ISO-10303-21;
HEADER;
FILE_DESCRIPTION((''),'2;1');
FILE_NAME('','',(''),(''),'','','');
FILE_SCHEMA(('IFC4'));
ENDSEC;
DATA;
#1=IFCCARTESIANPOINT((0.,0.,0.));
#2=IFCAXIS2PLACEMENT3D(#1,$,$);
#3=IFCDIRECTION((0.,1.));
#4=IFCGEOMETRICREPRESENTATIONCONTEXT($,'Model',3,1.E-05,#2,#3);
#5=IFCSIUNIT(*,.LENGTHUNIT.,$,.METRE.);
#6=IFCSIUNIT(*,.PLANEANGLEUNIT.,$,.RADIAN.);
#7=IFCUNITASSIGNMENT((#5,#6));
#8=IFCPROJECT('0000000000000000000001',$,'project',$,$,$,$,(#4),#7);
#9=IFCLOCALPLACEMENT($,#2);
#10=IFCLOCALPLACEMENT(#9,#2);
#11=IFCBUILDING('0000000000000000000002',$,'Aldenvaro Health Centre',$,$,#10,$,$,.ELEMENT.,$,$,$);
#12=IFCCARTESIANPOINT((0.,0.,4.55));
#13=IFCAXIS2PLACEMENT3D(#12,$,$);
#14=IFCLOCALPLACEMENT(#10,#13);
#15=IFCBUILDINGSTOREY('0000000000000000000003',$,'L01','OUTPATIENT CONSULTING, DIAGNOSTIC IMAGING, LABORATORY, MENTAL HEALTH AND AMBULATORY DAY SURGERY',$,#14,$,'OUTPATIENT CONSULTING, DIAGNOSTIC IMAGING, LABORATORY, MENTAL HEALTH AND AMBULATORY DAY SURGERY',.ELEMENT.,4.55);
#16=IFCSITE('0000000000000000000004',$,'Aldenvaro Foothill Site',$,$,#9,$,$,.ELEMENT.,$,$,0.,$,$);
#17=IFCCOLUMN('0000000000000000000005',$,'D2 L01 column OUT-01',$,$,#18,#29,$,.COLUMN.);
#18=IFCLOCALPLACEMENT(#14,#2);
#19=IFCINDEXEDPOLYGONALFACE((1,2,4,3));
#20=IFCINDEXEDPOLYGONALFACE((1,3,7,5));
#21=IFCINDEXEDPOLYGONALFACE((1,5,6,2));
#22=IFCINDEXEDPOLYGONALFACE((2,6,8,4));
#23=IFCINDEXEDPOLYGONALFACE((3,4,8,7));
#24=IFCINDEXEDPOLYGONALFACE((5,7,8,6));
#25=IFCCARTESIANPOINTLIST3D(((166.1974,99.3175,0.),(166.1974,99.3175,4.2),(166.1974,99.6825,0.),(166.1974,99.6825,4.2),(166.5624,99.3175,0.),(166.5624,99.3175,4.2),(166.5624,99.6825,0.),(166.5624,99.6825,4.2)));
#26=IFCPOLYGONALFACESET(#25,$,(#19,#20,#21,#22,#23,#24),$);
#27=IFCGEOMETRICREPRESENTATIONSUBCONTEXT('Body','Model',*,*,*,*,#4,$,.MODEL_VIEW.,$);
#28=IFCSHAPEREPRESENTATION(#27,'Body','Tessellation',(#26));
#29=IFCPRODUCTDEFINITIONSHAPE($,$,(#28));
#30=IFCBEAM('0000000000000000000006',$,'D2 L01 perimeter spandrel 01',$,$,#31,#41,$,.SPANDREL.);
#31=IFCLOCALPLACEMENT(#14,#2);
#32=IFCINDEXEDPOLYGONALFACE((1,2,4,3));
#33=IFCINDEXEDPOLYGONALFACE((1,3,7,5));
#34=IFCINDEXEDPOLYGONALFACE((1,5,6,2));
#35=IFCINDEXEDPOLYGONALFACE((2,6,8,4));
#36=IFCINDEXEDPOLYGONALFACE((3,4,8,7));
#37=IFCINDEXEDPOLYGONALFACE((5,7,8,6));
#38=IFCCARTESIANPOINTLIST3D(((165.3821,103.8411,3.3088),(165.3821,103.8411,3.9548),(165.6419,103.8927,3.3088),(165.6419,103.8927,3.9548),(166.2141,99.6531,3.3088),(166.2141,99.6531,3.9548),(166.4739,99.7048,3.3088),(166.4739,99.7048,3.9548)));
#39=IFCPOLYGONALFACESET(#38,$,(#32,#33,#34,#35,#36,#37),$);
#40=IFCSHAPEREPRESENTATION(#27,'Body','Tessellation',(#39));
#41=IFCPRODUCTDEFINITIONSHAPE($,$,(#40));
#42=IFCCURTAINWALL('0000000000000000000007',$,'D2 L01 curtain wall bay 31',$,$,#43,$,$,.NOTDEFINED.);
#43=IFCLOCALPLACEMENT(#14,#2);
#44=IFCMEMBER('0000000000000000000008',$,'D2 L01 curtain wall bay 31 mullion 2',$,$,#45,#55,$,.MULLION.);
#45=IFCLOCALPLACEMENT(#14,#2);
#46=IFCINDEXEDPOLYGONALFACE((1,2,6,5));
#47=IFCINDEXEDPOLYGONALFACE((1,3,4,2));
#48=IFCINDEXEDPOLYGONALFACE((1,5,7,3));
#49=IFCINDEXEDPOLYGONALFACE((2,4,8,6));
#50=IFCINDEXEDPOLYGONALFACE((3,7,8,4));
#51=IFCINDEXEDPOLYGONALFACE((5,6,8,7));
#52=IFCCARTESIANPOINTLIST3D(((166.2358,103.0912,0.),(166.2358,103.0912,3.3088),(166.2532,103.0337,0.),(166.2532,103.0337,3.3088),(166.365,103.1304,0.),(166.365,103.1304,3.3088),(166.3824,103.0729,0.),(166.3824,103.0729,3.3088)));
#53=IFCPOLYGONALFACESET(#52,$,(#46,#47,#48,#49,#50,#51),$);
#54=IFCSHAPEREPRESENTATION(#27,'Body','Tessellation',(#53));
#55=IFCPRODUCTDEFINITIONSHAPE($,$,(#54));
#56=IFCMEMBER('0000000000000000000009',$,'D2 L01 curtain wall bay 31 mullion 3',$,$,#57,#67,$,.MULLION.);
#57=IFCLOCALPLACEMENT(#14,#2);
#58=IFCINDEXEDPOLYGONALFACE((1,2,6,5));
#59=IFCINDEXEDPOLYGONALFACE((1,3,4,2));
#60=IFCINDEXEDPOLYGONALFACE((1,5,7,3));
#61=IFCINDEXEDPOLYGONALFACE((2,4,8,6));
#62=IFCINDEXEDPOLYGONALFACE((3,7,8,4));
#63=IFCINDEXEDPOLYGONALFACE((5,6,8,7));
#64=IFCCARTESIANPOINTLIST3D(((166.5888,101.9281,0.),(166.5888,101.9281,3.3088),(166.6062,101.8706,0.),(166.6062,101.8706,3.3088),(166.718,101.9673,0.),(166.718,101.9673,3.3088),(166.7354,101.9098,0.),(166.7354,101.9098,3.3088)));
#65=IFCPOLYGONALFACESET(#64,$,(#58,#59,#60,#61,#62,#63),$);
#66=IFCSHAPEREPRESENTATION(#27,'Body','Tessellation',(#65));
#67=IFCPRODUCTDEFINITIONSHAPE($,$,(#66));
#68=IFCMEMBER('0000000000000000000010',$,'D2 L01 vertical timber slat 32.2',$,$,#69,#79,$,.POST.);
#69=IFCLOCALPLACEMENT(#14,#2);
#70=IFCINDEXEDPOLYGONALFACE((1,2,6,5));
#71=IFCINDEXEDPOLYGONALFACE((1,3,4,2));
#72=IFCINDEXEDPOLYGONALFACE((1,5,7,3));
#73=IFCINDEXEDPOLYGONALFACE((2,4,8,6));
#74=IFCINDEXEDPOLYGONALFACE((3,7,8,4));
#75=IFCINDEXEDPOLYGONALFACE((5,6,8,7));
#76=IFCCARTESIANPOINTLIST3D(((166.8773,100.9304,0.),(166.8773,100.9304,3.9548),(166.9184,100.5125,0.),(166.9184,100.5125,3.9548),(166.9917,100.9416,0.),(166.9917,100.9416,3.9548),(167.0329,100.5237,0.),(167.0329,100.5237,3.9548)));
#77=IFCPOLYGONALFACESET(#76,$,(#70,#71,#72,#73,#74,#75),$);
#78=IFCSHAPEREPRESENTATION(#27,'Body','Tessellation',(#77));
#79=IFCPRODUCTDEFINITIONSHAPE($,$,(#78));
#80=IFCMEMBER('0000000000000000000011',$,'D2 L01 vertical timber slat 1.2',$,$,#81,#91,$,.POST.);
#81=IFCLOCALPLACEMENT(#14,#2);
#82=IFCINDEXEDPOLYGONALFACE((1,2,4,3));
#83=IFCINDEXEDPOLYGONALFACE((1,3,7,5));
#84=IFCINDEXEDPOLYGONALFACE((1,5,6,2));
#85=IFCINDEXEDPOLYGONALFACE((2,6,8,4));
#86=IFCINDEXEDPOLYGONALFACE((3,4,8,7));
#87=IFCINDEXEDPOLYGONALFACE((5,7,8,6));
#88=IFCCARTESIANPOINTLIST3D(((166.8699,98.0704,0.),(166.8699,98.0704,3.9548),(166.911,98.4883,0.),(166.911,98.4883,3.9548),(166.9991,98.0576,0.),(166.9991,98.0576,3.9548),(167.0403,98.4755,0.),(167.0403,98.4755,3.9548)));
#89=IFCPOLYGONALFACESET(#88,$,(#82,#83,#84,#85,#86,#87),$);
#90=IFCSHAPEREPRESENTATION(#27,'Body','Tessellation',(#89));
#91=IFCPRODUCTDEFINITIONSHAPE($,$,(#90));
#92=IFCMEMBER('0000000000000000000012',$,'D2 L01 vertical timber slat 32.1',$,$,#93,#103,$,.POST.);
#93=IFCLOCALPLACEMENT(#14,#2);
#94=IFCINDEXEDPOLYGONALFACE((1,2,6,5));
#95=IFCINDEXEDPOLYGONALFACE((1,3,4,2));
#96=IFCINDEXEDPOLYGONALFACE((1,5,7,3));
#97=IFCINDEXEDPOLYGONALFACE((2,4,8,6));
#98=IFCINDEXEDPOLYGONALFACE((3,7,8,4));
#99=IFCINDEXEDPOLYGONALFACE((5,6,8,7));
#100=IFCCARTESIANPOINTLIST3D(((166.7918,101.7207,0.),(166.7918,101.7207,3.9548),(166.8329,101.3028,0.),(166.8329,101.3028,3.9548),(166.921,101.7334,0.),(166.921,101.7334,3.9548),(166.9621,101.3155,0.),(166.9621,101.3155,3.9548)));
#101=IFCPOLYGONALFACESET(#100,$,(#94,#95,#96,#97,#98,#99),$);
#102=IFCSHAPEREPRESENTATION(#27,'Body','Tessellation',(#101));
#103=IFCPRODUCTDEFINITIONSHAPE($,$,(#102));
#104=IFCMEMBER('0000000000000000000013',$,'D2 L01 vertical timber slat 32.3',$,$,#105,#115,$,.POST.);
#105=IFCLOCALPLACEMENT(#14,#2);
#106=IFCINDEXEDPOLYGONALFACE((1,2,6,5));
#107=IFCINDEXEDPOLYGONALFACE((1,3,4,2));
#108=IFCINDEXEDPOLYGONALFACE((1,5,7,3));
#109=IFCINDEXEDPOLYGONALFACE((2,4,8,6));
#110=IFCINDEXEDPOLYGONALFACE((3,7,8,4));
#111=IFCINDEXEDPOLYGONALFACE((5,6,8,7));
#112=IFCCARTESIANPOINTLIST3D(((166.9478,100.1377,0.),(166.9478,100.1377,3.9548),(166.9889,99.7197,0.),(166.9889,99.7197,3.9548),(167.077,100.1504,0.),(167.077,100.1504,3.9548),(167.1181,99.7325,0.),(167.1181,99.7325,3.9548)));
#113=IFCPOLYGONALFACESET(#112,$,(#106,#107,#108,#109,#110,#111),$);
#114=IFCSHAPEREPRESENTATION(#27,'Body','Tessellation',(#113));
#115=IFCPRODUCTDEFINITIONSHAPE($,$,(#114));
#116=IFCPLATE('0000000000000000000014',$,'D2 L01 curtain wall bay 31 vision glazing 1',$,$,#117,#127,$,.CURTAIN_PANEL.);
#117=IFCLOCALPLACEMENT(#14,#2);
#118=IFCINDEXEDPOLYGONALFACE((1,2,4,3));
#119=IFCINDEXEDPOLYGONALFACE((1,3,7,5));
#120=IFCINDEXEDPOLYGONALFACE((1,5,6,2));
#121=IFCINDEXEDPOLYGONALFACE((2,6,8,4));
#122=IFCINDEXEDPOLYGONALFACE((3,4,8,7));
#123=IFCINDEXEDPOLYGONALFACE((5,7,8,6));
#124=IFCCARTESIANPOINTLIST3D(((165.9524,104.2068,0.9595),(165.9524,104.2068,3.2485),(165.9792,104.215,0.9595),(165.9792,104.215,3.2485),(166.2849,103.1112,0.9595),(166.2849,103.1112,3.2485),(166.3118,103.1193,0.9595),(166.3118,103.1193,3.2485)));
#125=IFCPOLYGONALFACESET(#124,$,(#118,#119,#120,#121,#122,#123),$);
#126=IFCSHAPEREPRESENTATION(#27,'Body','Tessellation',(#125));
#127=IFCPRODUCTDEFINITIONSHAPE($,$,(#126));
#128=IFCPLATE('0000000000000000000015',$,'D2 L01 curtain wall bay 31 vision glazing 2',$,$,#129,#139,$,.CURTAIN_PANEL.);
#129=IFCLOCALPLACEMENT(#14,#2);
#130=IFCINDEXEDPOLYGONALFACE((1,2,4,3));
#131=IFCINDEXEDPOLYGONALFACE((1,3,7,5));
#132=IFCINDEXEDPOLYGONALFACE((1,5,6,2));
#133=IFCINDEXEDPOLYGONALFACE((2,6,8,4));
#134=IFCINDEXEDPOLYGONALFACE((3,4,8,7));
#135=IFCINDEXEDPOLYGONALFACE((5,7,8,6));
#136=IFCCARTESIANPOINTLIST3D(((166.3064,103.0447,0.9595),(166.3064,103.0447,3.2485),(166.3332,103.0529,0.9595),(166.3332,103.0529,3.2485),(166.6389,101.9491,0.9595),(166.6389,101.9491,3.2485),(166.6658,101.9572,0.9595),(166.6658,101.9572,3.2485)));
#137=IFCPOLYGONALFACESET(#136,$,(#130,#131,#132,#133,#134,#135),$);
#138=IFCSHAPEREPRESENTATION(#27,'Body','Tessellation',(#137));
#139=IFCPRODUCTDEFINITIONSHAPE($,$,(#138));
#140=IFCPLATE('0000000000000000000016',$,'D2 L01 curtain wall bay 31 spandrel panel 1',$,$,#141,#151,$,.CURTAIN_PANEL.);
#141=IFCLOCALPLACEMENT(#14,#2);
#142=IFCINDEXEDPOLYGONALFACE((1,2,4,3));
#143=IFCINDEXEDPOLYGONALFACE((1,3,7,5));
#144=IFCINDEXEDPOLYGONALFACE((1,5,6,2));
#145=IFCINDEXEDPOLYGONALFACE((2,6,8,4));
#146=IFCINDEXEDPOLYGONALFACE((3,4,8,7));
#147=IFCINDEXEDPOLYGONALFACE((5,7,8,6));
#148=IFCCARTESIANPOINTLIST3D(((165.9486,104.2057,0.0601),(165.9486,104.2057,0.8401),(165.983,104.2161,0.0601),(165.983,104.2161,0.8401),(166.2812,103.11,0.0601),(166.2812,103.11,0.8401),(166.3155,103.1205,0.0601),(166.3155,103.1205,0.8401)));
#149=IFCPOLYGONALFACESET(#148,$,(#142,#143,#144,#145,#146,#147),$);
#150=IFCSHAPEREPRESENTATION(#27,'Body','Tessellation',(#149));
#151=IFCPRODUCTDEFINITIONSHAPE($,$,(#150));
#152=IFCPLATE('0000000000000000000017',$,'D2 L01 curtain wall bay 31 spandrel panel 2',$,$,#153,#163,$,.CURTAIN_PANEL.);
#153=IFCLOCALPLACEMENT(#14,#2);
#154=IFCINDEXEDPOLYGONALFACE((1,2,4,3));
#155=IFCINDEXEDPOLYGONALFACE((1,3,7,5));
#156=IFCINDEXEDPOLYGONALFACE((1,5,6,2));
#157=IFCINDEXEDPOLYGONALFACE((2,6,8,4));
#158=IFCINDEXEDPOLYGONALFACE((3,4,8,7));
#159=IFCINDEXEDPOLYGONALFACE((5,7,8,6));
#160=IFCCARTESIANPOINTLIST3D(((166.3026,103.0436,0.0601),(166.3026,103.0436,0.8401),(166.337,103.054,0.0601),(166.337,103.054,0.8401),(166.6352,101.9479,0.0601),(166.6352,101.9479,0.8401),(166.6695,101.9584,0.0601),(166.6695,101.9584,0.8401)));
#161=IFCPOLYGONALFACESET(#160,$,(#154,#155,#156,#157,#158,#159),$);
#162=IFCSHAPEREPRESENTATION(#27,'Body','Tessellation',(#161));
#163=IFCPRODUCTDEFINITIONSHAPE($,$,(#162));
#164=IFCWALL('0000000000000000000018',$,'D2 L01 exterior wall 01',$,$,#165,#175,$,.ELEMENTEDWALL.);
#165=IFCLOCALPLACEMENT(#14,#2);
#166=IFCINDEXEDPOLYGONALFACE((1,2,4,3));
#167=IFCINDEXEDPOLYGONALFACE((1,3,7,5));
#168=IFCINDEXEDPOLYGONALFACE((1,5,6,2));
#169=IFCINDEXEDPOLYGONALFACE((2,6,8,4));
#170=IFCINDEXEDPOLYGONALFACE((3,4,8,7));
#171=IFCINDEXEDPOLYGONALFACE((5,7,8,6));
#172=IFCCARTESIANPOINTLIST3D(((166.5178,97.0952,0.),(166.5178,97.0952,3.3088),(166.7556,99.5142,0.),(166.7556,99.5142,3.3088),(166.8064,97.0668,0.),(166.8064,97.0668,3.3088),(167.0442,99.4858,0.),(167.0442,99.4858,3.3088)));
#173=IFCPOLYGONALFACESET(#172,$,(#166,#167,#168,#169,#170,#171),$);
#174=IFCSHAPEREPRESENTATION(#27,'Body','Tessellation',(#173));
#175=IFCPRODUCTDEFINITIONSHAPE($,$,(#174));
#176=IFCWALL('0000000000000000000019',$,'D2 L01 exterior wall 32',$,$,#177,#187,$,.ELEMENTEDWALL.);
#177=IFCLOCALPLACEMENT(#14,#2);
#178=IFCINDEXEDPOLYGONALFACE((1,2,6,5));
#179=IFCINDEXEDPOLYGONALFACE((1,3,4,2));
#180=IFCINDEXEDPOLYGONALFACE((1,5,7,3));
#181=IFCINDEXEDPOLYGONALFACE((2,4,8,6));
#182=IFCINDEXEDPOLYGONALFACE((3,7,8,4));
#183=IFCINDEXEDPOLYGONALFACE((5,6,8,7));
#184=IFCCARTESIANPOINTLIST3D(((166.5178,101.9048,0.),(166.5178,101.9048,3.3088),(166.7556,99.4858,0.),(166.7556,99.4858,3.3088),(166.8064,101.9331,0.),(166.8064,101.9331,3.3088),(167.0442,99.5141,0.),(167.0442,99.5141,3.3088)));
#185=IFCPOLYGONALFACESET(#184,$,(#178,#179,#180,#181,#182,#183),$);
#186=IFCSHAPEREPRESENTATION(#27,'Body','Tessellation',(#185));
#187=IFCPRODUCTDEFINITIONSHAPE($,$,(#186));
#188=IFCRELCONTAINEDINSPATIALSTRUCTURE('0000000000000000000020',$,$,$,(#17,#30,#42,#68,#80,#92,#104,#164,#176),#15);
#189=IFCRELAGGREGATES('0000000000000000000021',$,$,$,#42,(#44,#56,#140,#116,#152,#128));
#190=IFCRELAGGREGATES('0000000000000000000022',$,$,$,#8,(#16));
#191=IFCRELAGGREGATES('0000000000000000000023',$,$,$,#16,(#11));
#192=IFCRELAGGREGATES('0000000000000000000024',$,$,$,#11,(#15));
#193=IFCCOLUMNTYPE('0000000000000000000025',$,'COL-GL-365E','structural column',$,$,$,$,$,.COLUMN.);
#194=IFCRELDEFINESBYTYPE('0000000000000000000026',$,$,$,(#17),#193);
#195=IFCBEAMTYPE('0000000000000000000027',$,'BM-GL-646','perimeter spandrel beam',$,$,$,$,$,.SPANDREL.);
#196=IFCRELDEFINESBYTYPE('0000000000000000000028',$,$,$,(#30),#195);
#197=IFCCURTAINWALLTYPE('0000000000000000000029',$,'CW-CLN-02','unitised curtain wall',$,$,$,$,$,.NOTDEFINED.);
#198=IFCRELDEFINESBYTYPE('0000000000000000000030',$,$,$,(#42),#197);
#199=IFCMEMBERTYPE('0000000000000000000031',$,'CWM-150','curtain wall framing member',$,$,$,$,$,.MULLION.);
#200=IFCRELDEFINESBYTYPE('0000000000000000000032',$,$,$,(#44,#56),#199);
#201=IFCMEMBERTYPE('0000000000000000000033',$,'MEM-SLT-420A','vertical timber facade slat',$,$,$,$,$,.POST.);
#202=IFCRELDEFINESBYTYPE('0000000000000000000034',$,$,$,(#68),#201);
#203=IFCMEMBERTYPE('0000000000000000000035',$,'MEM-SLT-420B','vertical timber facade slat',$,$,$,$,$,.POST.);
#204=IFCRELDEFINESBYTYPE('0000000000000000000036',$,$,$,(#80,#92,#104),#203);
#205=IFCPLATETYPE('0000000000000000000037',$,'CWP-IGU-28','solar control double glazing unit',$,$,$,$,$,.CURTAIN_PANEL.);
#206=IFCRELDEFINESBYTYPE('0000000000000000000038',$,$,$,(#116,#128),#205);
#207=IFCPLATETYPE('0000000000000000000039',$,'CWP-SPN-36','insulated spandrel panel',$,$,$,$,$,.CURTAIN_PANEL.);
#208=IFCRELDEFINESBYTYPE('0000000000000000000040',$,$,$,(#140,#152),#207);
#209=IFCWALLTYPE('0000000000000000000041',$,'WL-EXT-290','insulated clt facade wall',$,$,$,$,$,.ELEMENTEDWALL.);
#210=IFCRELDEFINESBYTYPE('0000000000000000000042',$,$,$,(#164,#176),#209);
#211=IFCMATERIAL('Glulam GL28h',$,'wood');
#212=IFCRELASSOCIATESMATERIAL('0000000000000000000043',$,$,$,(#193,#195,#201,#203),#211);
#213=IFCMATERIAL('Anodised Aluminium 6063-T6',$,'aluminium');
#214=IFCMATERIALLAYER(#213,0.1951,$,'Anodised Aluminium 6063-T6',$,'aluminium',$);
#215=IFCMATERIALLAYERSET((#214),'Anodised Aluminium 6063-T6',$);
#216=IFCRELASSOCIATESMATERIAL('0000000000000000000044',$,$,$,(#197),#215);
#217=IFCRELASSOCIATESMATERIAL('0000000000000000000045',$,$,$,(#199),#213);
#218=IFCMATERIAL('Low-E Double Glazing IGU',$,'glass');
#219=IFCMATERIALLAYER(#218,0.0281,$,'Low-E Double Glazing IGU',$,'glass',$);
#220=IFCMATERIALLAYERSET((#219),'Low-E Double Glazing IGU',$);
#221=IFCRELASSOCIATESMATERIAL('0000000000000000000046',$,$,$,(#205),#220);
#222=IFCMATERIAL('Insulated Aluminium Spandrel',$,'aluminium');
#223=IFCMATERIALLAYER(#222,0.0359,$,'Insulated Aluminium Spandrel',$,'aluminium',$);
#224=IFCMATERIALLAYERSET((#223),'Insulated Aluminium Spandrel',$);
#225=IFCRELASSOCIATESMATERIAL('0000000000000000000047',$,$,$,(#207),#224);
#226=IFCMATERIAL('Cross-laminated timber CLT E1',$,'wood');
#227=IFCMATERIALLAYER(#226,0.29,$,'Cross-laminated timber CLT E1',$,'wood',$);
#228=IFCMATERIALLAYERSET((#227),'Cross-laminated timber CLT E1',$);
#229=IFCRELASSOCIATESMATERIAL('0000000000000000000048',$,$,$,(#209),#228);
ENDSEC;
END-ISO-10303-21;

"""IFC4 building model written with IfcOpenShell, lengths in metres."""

from ifc_helpers import new_model, si_unit, direction, frame, frame_2d, origin, origin_2d, place, context, subcontext, project, spatial, rectangle, extrude, material, layer, layer_set, material_profile, profile_set, type_object, element, aggregate, save


model = new_model("IFC4")

# Units and contexts
model_context = context("Model", 3, precision=1e-05, world=origin(), true_north=direction((0.0, 1.0)))
body_context = subcontext(model_context, "Body", "Model", "MODEL_VIEW")
ifc_project = project(units=[si_unit("LENGTHUNIT", "METRE"), si_unit("PLANEANGLEUNIT", "RADIAN")], contexts=[model_context])

# Site, building, storey
site_placement = place(None, origin())
site = spatial("IfcSite", under=ifc_project, at=site_placement, Name="Aldenvaro Foothill Site", CompositionType="ELEMENT", RefElevation=0.0)
building_placement = place(site_placement, origin())
building = spatial("IfcBuilding", under=site, at=building_placement, Name="Aldenvaro Health Centre", CompositionType="ELEMENT")
storey_placement = place(building_placement, frame((0.0, 0.0, 4.55)))
storey = spatial("IfcBuildingStorey", under=building, at=storey_placement, Name="L01", Description="OUTPATIENT CONSULTING, DIAGNOSTIC IMAGING, LABORATORY, MENTAL HEALTH AND AMBULATORY DAY SURGERY", LongName="OUTPATIENT CONSULTING, DIAGNOSTIC IMAGING, LABORATORY, MENTAL HEALTH AND AMBULATORY DAY SURGERY", CompositionType="ELEMENT", Elevation=4.55)

# Column
ifc_material_1 = material(Name="Glulam GL28h", Category="wood")
ifc_material_profile_1 = material_profile(ifc_material_1, rectangle(XDim=0.365, YDim=0.365, at=origin_2d()), Name="GL 365x365", Category="wood")
ifc_profile_set_1 = profile_set([ifc_material_profile_1], Name="Glulam GL28h")
column_type = type_object("IfcColumnType", Name="COL-GL-365E", Description="structural column", PredefinedType="COLUMN", material=ifc_profile_set_1)
column_placement = place(storey_placement, frame((166.3799, 99.5, 0.0), z_axis=(0.0, 0.0, 1.0), x_axis=(1.0, 0.0, 0.0)))
element("IfcColumn", 1, at=column_placement, inside=storey, type_object=column_type, Name="D2 L01 column OUT-01", PredefinedType="COLUMN", context=body_context, shape_type="SweptSolid", body=[
    extrude(rectangle(XDim=0.365, YDim=0.365, at=origin_2d()), origin(), (0.0, 0.0, 1.0), 4.2),
])

# Beam
ifc_material_profile_2 = material_profile(ifc_material_1, rectangle(XDim=0.2649, YDim=0.646, at=origin_2d()), Name="GL 265x646", Category="wood")
ifc_profile_set_2 = profile_set([ifc_material_profile_2], Name="Glulam GL28h")
beam_type = type_object("IfcBeamType", Name="BM-GL-646", Description="perimeter spandrel beam", PredefinedType="SPANDREL", material=ifc_profile_set_2)
beam_placement = place(storey_placement, frame((166.344, 99.679, 3.6318), z_axis=(-0.194862, 0.980831, 0.0), x_axis=(-0.980831, -0.194862, 0.0)))
element("IfcBeam", 2, at=beam_placement, inside=storey, type_object=beam_type, Name="D2 L01 perimeter spandrel 01", PredefinedType="SPANDREL", context=body_context, shape_type="SweptSolid", body=[
    extrude(rectangle(XDim=0.2649, YDim=0.646, at=origin_2d()), origin(), (0.0, 0.0, 1.0), 4.2698),
])

# Curtain wall, members
ifc_material_2 = material(Name="Anodised Aluminium 6063-T6", Category="aluminium")
ifc_layer_1 = layer(ifc_material_2, 0.1951, Name="Anodised Aluminium 6063-T6", Category="aluminium")
ifc_layer_set_1 = layer_set([ifc_layer_1], Name="Anodised Aluminium 6063-T6")
curtain_wall_type = type_object("IfcCurtainWallType", Name="CW-CLN-02", Description="unitised curtain wall", PredefinedType="NOTDEFINED", material=ifc_layer_set_1)
curtain_wall_placement = place(storey_placement, origin())
curtain_wall = element("IfcCurtainWall", 3, at=curtain_wall_placement, inside=storey, type_object=curtain_wall_type, Name="D2 L01 curtain wall bay 31", PredefinedType="NOTDEFINED")
ifc_material_profile_3 = material_profile(ifc_material_2, rectangle(XDim=0.0601, YDim=0.135, at=origin_2d()), Name="ALU 60x135", Category="aluminium")
ifc_profile_set_3 = profile_set([ifc_material_profile_3], Name="Anodised Aluminium 6063-T6")
member_type_1 = type_object("IfcMemberType", Name="CWM-150", Description="curtain wall framing member", PredefinedType="MULLION", material=ifc_profile_set_3)
member_1_placement = place(storey_placement, frame((166.3091, 103.082, 0.0), z_axis=(0.0, 0.0, 1.0), x_axis=(0.290441, -0.956893, 0.0)))
member_1 = element("IfcMember", 4, at=member_1_placement, type_object=member_type_1, Name="D2 L01 curtain wall bay 31 mullion 2", PredefinedType="MULLION", context=body_context, shape_type="SweptSolid", body=[
    extrude(rectangle(XDim=0.0601, YDim=0.135, at=origin_2d()), origin(), (0.0, 0.0, 1.0), 3.3088),
])
member_2_placement = place(storey_placement, frame((166.6621, 101.9189, 0.0), z_axis=(0.0, 0.0, 1.0), x_axis=(0.290441, -0.956893, 0.0)))
member_2 = element("IfcMember", 5, at=member_2_placement, type_object=member_type_1, Name="D2 L01 curtain wall bay 31 mullion 3", PredefinedType="MULLION", context=body_context, shape_type="SweptSolid", body=[
    extrude(rectangle(XDim=0.0601, YDim=0.135, at=origin_2d()), origin(), (0.0, 0.0, 1.0), 3.3088),
])

# Members
ifc_material_profile_4 = material_profile(ifc_material_1, rectangle(XDim=0.115, YDim=0.4199, at=origin_2d()), Name="GL 115x420", Category="wood")
ifc_profile_set_4 = profile_set([ifc_material_profile_4], Name="Glulam GL28h")
member_type_2 = type_object("IfcMemberType", Name="MEM-SLT-420A", Description="vertical timber facade slat", PredefinedType="POST", material=ifc_profile_set_4)
member_3_placement = place(storey_placement, frame((166.9551, 100.7271, 0.0), z_axis=(0.0, 0.0, 1.0), x_axis=(0.995195, 0.097915, 0.0)))
element("IfcMember", 6, at=member_3_placement, inside=storey, type_object=member_type_2, Name="D2 L01 vertical timber slat 32.2", PredefinedType="POST", context=body_context, shape_type="SweptSolid", body=[
    extrude(rectangle(XDim=0.115, YDim=0.4199, at=origin_2d()), origin(), (0.0, 0.0, 1.0), 3.9548),
])
ifc_material_profile_5 = material_profile(ifc_material_1, rectangle(XDim=0.1299, YDim=0.4199, at=origin_2d()), Name="GL 130x420", Category="wood")
ifc_profile_set_5 = profile_set([ifc_material_profile_5], Name="Glulam GL28h")
member_type_3 = type_object("IfcMemberType", Name="MEM-SLT-420B", Description="vertical timber facade slat", PredefinedType="POST", material=ifc_profile_set_5)
for number, where, z_axis, x_axis, name in (
    (7, (166.9551, 98.2729, 0.0), (0.0, 0.0, 1.0), (0.995195, -0.097915, 0.0), "D2 L01 vertical timber slat 1.2"),
    (8, (166.877, 101.5181, 0.0), (0.0, 0.0, 1.0), (0.995195, 0.097915, 0.0), "D2 L01 vertical timber slat 32.1"),
    (9, (167.033, 99.9351, 0.0), (0.0, 0.0, 1.0), (0.995195, 0.097915, 0.0), "D2 L01 vertical timber slat 32.3"),
):
    element("IfcMember", number, at=place(storey_placement, frame(where, z_axis=z_axis, x_axis=x_axis)), inside=storey, type_object=member_type_3, Name=name, PredefinedType="POST", context=body_context, shape_type="SweptSolid", body=[
        extrude(rectangle(XDim=0.1299, YDim=0.4199, at=origin_2d()), origin(), (0.0, 0.0, 1.0), 3.9548),
    ])

# Plates
ifc_material_3 = material(Name="Low-E Double Glazing IGU", Category="glass")
ifc_layer_2 = layer(ifc_material_3, 0.0281, Name="Low-E Double Glazing IGU", Category="glass")
ifc_layer_set_2 = layer_set([ifc_layer_2], Name="Low-E Double Glazing IGU")
plate_type_1 = type_object("IfcPlateType", Name="CWP-IGU-28", Description="solar control double glazing unit", PredefinedType="CURTAIN_PANEL", material=ifc_layer_set_2)
plate_1_placement = place(storey_placement, frame((166.1321, 103.6631, 0.9595), z_axis=(0.0, 0.0, 1.0), x_axis=(0.290441, -0.956893, 0.0)))
plate_1 = element("IfcPlate", 10, at=plate_1_placement, type_object=plate_type_1, Name="D2 L01 curtain wall bay 31 vision glazing 1", PredefinedType="CURTAIN_PANEL", context=body_context, shape_type="SweptSolid", body=[
    extrude(rectangle(XDim=1.145, YDim=0.0281, at=origin_2d()), origin(), (0.0, 0.0, 1.0), 2.2891),
])
plate_2_placement = place(storey_placement, frame((166.4861, 102.501, 0.9595), z_axis=(0.0, 0.0, 1.0), x_axis=(0.290441, -0.956893, 0.0)))
plate_2 = element("IfcPlate", 11, at=plate_2_placement, type_object=plate_type_1, Name="D2 L01 curtain wall bay 31 vision glazing 2", PredefinedType="CURTAIN_PANEL", context=body_context, shape_type="SweptSolid", body=[
    extrude(rectangle(XDim=1.145, YDim=0.0281, at=origin_2d()), origin(), (0.0, 0.0, 1.0), 2.2891),
])
ifc_material_4 = material(Name="Insulated Aluminium Spandrel", Category="aluminium")
ifc_layer_3 = layer(ifc_material_4, 0.0359, Name="Insulated Aluminium Spandrel", Category="aluminium")
ifc_layer_set_3 = layer_set([ifc_layer_3], Name="Insulated Aluminium Spandrel")
plate_type_2 = type_object("IfcPlateType", Name="CWP-SPN-36", Description="insulated spandrel panel", PredefinedType="CURTAIN_PANEL", material=ifc_layer_set_3)
plate_3_placement = place(storey_placement, frame((166.1321, 103.6631, 0.0601), z_axis=(0.0, 0.0, 1.0), x_axis=(0.290441, -0.956893, 0.0)))
plate_3 = element("IfcPlate", 12, at=plate_3_placement, type_object=plate_type_2, Name="D2 L01 curtain wall bay 31 spandrel panel 1", PredefinedType="CURTAIN_PANEL", context=body_context, shape_type="SweptSolid", body=[
    extrude(rectangle(XDim=1.145, YDim=0.0359, at=origin_2d()), origin(), (0.0, 0.0, 1.0), 0.78),
])
plate_4_placement = place(storey_placement, frame((166.4861, 102.501, 0.0601), z_axis=(0.0, 0.0, 1.0), x_axis=(0.290441, -0.956893, 0.0)))
plate_4 = element("IfcPlate", 13, at=plate_4_placement, type_object=plate_type_2, Name="D2 L01 curtain wall bay 31 spandrel panel 2", PredefinedType="CURTAIN_PANEL", context=body_context, shape_type="SweptSolid", body=[
    extrude(rectangle(XDim=1.145, YDim=0.0359, at=origin_2d()), origin(), (0.0, 0.0, 1.0), 0.78),
])
aggregate(curtain_wall, [member_1, member_2, plate_3, plate_1, plate_4, plate_2])

# Walls
ifc_material_5 = material(Name="Cross-laminated timber CLT E1", Category="wood")
ifc_layer_4 = layer(ifc_material_5, 0.29, Name="Cross-laminated timber CLT E1", Category="wood")
ifc_layer_set_4 = layer_set([ifc_layer_4], Name="Cross-laminated timber CLT E1")
wall_type_1 = type_object("IfcWallType", Name="WL-EXT-290", Description="insulated clt facade wall", PredefinedType="ELEMENTEDWALL", material=ifc_layer_set_4)
for number, where, z_axis, x_axis, name in (
    (14, (166.8999, 99.5, 0.0), (0.0, 0.0, 1.0), (-0.097833, -0.995203, 0.0), "D2 L01 exterior wall 01"),
    (15, (166.6621, 101.9189, 0.0), (0.0, 0.0, 1.0), (0.097833, -0.995203, 0.0), "D2 L01 exterior wall 32"),
):
    element("IfcWall", number, at=place(storey_placement, frame(where, z_axis=z_axis, x_axis=x_axis)), inside=storey, type_object=wall_type_1, Name=name, PredefinedType="ELEMENTEDWALL", context=body_context, shape_type="SweptSolid", body=[
        extrude(rectangle(XDim=2.4307, YDim=0.29, at=frame_2d((1.2153, 0.0))), origin(), (0.0, 0.0, 1.0), 3.3088),
    ])

save(model, "model.ifc")
